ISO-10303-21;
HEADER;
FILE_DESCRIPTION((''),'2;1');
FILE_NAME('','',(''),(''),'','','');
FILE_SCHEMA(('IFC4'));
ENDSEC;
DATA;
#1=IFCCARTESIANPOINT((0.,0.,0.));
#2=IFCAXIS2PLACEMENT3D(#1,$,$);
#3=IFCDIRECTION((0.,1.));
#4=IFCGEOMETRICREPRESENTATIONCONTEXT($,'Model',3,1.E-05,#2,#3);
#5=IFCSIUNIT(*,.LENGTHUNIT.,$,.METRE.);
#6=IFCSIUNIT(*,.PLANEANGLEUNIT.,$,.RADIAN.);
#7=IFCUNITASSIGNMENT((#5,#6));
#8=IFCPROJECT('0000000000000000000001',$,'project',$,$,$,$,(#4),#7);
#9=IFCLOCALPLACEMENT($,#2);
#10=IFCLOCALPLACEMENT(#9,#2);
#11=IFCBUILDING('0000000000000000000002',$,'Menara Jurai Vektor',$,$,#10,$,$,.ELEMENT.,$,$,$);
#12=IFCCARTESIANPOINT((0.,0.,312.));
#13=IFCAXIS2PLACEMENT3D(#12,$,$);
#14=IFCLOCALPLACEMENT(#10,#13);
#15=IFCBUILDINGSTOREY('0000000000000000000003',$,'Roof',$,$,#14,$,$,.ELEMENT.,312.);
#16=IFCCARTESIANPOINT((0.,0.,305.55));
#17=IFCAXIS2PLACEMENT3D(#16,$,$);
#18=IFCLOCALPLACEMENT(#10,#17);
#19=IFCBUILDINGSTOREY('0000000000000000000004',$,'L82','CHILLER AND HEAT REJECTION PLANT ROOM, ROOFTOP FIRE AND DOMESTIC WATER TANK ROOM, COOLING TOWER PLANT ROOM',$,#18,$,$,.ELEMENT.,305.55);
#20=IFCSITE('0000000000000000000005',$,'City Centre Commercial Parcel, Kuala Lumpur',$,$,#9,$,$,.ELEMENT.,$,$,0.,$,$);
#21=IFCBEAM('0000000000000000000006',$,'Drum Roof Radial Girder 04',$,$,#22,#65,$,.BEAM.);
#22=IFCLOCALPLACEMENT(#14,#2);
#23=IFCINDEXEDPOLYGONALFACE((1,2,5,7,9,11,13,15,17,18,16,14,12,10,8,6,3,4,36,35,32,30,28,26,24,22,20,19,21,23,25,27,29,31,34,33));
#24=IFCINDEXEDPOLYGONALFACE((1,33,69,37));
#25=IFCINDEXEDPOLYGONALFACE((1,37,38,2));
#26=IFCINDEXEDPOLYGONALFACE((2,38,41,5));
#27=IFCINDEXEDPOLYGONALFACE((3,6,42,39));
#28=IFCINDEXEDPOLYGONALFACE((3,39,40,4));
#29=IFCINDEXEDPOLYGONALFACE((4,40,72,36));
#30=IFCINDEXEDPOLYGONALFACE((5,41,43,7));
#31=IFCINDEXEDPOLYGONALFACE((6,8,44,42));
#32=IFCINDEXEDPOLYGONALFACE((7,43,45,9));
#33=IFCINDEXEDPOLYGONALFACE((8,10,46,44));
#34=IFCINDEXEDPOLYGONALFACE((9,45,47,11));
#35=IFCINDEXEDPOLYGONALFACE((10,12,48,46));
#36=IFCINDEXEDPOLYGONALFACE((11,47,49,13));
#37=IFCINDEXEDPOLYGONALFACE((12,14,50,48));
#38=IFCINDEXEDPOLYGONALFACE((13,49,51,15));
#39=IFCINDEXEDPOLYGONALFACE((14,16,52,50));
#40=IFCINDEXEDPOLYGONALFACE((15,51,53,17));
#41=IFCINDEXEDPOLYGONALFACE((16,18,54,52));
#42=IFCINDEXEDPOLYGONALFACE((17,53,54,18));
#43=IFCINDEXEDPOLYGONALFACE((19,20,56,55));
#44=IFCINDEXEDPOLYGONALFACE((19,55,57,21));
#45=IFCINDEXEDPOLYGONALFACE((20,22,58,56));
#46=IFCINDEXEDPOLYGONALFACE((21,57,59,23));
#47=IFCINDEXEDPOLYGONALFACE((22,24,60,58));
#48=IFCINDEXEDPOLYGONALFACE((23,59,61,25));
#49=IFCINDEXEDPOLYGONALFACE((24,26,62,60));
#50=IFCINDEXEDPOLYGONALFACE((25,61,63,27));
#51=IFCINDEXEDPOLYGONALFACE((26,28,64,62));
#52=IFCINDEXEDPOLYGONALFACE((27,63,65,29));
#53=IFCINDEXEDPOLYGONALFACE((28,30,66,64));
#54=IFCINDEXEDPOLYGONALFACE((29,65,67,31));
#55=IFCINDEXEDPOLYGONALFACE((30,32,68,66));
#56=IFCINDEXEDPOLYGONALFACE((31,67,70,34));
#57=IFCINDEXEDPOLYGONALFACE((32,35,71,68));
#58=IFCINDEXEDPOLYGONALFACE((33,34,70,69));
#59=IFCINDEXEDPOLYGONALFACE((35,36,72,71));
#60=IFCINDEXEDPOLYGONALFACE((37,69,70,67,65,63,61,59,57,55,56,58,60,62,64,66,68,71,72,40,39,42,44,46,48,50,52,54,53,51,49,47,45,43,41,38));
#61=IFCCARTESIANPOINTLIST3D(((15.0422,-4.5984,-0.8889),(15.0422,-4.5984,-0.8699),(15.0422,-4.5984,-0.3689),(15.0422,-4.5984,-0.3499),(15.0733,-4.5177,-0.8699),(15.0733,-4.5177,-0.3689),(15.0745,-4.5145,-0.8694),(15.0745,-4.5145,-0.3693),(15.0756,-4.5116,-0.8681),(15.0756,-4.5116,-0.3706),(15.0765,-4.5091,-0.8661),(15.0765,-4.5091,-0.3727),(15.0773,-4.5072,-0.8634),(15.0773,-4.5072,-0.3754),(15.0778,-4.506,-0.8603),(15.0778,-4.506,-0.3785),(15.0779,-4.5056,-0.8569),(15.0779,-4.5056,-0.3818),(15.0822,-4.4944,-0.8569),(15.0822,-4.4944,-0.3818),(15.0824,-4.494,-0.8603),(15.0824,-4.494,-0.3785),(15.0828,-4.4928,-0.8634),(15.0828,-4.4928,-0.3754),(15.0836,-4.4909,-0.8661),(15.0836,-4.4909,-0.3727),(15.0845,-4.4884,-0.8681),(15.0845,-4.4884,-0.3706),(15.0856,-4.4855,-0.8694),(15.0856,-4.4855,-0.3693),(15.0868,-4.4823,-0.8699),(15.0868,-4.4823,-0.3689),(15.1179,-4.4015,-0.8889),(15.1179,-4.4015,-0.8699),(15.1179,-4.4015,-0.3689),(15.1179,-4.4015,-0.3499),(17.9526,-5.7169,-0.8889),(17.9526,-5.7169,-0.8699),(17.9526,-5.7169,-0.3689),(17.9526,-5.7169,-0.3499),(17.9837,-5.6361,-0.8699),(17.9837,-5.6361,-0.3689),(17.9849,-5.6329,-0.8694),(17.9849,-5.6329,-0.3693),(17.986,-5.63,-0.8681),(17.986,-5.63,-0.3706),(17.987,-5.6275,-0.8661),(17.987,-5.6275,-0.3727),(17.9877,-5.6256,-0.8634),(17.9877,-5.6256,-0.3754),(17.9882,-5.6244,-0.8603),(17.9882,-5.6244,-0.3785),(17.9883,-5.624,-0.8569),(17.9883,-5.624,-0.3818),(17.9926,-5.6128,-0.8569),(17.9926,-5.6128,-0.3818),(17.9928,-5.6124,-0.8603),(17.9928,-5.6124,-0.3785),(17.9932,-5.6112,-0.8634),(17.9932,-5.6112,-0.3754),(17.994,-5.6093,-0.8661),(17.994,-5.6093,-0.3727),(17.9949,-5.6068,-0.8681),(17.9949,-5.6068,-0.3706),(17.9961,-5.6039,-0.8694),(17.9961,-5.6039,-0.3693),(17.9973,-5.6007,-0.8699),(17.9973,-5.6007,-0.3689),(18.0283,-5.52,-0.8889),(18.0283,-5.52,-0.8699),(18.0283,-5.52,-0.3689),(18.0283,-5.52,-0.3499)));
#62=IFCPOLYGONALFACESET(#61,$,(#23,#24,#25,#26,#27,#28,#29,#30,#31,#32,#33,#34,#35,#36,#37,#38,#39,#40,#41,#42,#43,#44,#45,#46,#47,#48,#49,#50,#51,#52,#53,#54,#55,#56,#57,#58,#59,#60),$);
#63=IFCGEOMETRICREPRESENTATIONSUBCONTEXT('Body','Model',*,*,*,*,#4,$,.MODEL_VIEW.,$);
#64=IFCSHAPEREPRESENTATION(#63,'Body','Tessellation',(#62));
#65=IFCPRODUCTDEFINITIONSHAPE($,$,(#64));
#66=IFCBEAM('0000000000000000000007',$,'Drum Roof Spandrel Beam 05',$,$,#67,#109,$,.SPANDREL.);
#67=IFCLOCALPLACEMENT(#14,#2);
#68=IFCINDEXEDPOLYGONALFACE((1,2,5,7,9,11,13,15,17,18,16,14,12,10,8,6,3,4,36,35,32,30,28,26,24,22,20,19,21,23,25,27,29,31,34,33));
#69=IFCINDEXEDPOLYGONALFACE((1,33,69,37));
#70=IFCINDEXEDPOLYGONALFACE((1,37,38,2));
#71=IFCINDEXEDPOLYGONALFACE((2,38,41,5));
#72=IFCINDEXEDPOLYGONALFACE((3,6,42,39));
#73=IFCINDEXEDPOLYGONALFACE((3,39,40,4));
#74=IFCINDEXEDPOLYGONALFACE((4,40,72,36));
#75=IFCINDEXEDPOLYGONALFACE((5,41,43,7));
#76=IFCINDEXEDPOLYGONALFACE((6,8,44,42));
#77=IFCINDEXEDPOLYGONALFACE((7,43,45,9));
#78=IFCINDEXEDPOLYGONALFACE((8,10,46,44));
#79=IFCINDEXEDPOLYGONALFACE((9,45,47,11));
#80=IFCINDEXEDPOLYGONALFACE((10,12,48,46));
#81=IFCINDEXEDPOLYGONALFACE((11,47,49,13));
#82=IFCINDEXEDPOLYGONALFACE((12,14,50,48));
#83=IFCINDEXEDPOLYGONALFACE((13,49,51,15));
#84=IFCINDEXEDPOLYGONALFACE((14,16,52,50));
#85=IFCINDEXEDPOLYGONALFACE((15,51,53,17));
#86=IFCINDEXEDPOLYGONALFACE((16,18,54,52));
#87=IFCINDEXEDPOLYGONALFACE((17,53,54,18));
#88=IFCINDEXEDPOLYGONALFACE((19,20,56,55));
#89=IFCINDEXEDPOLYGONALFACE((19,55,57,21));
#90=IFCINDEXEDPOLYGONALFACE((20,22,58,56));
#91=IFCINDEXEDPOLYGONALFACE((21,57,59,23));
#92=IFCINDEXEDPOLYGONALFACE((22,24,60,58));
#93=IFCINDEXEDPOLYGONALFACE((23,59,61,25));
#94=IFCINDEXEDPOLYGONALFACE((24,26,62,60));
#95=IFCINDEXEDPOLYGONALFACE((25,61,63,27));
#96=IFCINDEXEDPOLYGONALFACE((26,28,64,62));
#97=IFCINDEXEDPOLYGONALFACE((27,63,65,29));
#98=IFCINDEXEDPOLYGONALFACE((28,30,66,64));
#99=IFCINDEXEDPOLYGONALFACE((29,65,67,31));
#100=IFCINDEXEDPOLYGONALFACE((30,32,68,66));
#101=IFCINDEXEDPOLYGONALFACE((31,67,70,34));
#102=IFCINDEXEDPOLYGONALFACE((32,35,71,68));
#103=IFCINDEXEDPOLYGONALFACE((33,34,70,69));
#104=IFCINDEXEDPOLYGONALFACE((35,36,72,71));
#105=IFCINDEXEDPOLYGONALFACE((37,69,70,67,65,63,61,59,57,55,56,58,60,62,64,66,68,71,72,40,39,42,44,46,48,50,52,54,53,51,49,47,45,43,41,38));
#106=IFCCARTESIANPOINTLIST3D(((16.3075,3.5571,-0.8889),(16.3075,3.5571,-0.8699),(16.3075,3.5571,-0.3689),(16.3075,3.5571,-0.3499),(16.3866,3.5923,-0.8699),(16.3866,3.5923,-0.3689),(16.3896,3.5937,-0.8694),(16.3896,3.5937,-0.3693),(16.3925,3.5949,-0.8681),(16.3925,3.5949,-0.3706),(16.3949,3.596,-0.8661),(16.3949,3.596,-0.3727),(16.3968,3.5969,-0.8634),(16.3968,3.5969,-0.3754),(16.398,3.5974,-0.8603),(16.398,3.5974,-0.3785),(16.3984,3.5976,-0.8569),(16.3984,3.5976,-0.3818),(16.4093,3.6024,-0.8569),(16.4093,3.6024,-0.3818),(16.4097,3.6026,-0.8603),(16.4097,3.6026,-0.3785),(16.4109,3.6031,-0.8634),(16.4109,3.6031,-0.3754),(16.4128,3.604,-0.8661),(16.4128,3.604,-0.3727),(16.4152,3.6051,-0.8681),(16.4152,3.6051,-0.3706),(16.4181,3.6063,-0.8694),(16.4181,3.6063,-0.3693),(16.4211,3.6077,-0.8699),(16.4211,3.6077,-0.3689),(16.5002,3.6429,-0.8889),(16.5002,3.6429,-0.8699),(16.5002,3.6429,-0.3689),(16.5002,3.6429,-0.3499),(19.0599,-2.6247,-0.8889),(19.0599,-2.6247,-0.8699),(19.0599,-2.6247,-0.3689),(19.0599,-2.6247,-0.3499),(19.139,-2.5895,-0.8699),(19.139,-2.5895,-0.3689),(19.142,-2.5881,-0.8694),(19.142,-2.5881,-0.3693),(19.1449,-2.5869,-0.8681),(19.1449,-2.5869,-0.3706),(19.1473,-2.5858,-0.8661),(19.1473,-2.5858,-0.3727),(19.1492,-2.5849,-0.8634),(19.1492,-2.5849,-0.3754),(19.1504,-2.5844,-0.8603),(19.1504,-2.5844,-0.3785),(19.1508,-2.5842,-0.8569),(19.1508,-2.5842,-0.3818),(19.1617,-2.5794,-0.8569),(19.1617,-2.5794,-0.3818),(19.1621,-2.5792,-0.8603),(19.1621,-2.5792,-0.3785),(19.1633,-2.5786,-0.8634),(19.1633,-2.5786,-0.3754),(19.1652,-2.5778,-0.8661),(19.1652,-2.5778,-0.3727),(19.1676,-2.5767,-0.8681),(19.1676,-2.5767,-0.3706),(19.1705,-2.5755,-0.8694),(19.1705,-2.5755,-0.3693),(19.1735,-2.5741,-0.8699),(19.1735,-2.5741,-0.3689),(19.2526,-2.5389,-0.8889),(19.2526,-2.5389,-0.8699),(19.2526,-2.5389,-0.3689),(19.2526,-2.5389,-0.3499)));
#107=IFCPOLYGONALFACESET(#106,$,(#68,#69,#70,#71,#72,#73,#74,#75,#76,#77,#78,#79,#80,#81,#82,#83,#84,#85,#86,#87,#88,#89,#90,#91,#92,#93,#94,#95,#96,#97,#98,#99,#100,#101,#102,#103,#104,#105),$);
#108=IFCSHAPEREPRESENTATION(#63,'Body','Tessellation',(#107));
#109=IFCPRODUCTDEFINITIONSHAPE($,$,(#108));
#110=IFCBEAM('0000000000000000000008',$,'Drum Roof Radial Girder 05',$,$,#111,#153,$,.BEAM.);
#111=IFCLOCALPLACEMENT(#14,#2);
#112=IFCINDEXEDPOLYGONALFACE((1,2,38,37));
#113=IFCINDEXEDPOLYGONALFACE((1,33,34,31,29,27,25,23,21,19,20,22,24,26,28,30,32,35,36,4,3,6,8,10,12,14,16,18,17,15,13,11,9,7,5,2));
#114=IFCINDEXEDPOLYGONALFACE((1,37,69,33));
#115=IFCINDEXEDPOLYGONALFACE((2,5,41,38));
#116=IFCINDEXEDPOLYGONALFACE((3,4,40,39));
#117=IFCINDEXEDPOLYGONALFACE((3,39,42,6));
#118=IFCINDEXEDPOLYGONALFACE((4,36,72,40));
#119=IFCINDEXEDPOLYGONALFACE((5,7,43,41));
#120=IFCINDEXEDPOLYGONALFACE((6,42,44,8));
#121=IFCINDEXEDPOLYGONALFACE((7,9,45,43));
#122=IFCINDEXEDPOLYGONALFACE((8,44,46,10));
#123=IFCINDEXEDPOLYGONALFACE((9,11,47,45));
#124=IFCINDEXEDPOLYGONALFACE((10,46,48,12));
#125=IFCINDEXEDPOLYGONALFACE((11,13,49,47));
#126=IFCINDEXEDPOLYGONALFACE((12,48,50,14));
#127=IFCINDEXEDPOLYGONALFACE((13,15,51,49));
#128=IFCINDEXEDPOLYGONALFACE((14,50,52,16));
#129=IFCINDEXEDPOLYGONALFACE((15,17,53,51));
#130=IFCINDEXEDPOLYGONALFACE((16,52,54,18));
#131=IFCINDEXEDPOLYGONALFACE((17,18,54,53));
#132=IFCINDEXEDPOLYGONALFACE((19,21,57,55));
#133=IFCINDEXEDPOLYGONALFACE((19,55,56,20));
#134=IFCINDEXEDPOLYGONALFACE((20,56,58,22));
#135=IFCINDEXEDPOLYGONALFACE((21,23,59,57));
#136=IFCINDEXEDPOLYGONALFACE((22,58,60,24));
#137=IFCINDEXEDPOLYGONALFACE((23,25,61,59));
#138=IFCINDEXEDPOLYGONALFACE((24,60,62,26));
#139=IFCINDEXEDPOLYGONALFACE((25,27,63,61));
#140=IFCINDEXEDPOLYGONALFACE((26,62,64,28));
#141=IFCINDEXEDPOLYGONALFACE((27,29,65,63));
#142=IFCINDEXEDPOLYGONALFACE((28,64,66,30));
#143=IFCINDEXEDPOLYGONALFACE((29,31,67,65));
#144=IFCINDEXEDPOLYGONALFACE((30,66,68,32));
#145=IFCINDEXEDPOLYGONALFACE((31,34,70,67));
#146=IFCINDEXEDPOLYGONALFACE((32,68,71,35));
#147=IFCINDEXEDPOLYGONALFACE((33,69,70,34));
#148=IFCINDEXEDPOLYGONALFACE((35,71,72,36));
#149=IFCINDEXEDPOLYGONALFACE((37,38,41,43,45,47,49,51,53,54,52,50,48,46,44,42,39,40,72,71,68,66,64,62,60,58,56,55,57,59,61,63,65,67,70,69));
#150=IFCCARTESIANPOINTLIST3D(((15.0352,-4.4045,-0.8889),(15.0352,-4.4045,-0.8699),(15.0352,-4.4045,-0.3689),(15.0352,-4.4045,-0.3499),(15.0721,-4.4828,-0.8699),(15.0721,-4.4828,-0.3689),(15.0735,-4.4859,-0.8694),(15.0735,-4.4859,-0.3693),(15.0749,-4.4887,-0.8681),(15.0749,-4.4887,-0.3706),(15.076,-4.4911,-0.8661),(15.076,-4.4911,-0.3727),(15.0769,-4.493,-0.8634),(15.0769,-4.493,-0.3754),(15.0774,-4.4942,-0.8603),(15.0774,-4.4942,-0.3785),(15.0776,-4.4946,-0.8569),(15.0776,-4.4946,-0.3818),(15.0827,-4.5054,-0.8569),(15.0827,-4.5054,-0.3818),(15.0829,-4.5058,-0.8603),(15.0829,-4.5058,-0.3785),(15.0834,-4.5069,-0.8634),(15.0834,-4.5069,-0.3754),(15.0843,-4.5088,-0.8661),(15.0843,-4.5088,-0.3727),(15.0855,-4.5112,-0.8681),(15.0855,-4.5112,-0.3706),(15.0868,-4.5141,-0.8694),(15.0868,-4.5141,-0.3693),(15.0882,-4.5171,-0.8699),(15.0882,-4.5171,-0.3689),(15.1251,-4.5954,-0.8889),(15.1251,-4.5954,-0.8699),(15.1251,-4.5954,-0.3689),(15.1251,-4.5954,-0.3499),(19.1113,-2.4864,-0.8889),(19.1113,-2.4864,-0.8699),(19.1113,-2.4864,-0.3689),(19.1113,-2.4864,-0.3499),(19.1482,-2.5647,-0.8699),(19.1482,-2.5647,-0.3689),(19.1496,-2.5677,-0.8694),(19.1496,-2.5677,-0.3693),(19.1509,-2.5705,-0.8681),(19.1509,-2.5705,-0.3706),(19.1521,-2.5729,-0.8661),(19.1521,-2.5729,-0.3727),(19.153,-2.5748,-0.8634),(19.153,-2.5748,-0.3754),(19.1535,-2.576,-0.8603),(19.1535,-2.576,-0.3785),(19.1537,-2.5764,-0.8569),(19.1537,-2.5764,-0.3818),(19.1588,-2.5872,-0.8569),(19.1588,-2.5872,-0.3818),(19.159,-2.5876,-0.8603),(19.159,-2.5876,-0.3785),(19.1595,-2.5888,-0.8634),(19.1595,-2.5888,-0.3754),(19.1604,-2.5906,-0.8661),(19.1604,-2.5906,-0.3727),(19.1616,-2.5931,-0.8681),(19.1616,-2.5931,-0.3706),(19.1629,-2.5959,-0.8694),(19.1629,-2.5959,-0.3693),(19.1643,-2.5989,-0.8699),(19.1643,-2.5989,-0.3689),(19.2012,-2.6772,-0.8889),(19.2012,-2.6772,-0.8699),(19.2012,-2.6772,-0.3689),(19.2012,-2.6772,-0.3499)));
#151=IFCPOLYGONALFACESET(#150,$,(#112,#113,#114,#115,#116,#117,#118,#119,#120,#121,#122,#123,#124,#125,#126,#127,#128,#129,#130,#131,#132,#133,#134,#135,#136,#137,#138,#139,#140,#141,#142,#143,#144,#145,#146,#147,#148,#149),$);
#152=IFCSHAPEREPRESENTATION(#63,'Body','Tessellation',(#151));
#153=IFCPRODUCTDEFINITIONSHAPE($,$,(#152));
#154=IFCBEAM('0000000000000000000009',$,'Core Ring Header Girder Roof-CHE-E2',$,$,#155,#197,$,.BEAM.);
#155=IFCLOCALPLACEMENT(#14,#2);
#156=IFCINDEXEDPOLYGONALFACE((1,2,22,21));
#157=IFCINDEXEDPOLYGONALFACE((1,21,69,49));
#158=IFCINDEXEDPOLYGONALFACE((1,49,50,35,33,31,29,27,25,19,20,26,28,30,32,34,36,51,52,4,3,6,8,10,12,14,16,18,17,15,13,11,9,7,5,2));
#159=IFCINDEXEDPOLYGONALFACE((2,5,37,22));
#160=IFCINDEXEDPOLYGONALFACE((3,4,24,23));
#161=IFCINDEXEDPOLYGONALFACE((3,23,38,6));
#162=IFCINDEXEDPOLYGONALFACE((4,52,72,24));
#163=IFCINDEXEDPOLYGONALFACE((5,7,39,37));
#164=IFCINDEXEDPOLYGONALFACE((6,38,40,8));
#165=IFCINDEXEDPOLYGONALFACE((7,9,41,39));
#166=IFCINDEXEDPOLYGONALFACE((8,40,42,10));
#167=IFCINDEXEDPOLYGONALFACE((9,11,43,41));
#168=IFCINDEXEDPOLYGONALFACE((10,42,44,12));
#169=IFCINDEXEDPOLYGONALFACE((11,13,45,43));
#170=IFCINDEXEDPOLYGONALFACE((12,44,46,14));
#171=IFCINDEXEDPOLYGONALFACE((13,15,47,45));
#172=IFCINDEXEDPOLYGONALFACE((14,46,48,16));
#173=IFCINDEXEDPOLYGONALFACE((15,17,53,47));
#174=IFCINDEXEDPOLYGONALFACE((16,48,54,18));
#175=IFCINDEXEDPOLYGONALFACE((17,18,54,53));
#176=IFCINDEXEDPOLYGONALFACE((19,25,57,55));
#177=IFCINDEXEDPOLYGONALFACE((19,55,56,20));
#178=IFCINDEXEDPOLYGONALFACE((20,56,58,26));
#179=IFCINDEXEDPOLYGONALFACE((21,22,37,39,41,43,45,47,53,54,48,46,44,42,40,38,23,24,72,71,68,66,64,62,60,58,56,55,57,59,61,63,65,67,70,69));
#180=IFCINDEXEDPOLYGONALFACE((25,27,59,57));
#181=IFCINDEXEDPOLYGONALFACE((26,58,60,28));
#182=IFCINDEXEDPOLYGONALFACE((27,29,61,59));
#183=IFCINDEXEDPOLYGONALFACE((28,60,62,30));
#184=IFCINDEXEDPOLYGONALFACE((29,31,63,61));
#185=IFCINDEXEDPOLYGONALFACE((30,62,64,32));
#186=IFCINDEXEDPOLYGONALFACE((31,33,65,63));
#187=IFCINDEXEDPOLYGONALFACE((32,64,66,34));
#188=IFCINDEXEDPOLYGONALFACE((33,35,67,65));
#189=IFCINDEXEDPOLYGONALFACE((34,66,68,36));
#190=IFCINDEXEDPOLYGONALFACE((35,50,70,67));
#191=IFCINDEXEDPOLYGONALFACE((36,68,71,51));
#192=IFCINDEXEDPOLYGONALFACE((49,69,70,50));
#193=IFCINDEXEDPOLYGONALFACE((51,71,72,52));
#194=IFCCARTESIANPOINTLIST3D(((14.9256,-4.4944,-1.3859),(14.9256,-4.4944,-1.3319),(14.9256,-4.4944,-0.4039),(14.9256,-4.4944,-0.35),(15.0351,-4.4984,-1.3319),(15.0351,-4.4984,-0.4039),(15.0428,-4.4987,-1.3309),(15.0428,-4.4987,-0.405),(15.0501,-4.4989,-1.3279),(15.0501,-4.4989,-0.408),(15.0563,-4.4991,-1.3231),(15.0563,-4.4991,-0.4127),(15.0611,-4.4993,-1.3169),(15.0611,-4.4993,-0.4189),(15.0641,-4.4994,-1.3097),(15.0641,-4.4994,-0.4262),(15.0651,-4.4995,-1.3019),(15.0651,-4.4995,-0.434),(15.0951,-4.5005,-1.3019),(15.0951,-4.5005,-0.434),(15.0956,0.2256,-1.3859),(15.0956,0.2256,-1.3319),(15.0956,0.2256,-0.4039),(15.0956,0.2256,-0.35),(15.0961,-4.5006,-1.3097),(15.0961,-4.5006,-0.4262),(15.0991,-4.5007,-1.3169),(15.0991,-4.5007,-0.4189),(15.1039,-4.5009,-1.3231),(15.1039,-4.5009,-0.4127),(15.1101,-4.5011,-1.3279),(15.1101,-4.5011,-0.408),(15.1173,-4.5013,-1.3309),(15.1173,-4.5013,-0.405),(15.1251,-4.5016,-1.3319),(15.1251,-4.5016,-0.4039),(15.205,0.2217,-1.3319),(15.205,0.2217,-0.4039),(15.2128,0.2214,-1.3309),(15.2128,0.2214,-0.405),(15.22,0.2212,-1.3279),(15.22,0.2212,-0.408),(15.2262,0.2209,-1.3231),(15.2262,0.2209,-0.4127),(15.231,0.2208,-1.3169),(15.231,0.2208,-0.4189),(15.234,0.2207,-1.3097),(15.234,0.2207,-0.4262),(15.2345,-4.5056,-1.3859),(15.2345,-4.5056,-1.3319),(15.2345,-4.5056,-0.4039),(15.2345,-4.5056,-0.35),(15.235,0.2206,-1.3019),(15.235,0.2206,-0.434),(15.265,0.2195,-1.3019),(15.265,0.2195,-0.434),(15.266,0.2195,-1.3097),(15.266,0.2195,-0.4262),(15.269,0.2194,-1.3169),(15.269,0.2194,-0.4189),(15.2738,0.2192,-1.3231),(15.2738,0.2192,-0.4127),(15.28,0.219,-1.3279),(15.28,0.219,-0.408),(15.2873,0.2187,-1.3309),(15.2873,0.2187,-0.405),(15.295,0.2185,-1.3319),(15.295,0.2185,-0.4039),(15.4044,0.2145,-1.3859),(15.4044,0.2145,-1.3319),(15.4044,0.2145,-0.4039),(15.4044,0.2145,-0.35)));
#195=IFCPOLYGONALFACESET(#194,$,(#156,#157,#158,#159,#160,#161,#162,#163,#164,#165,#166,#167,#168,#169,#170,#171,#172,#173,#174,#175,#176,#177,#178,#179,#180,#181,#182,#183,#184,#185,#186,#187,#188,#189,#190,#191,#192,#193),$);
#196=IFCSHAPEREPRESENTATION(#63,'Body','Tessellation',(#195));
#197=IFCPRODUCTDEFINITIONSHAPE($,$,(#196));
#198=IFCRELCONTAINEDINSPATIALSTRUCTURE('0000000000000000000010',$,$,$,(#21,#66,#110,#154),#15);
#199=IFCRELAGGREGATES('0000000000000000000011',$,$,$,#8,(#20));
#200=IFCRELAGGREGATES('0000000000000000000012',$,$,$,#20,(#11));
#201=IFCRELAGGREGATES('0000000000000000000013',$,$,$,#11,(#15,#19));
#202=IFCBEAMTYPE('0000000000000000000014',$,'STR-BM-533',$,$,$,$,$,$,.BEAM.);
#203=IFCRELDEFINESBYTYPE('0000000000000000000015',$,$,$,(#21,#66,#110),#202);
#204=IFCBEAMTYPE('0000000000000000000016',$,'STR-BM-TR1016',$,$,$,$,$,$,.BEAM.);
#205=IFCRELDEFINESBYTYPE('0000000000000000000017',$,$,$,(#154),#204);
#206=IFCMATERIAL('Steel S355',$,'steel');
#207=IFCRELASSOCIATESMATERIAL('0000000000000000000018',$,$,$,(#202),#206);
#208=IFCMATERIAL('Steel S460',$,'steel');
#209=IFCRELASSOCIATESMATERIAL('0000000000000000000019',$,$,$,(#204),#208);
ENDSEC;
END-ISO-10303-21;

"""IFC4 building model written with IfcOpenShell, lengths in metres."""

from ifc_helpers import new_model, si_unit, direction, frame, origin, origin_2d, place, context, subcontext, project, spatial, i_section, extrude, material, material_profile, profile_set, type_object, element, save


model = new_model("IFC4")

# Units and contexts
model_context = context("Model", 3, precision=1e-05, world=origin(), true_north=direction((0.0, 1.0)))
body_context = subcontext(model_context, "Body", "Model", "MODEL_VIEW")
ifc_project = project(units=[si_unit("LENGTHUNIT", "METRE"), si_unit("PLANEANGLEUNIT", "RADIAN")], contexts=[model_context])

# Site, building, storey
site_placement = place(None, origin())
site = spatial("IfcSite", under=ifc_project, at=site_placement, Name="City Centre Commercial Parcel, Kuala Lumpur", CompositionType="ELEMENT", RefElevation=0.0)
building_placement = place(site_placement, origin())
building = spatial("IfcBuilding", under=site, at=building_placement, Name="Menara Jurai Vektor", CompositionType="ELEMENT")
storey_1_placement = place(building_placement, frame((0.0, 0.0, 312.0)))
storey_1 = spatial("IfcBuildingStorey", under=building, at=storey_1_placement, Name="Roof", CompositionType="ELEMENT", Elevation=312.0)

# Shared definitions
ifc_material_1 = material(Name="Steel S460", Category="steel")

# Beams
ifc_material_2 = material(Name="Steel S355", Category="steel")
ifc_material_profile_1 = material_profile(ifc_material_2, i_section(OverallWidth=0.2109, OverallDepth=0.5391, WebThickness=0.012, FlangeThickness=0.019, FilletRadius=0.0129, at=origin_2d()), Name="UKB 533x210x109")
ifc_profile_set_1 = profile_set([ifc_material_profile_1], Name="Steel S355")
beam_type_1 = type_object("IfcBeamType", Name="STR-BM-533", PredefinedType="BEAM", material=ifc_profile_set_1)
beam_1_placement = place(storey_1_placement, frame((17.9905, -5.6184, -0.6194), z_axis=(-0.933451, 0.358706, 0.0), x_axis=(-0.358706, -0.933451, 0.0)))
element("IfcBeam", 1, at=beam_1_placement, inside=storey_1, type_object=beam_type_1, Name="Drum Roof Radial Girder 04", PredefinedType="BEAM", context=body_context, shape_type="SweptSolid", body=[
    extrude(i_section(OverallWidth=0.2109, OverallDepth=0.5391, WebThickness=0.012, FlangeThickness=0.019, FilletRadius=0.0129, at=origin_2d()), origin(), (0.0, 0.0, 1.0), 3.1179),
])
beam_2_placement = place(storey_1_placement, frame((19.1562, -2.5818, -0.6194), z_axis=(-0.406748, 0.913541, 0.0), x_axis=(-0.913541, -0.406748, 0.0)))
element("IfcBeam", 2, at=beam_2_placement, inside=storey_1, type_object=beam_type_1, Name="Drum Roof Spandrel Beam 05", PredefinedType="SPANDREL", context=body_context, shape_type="SweptSolid", body=[
    extrude(i_section(OverallWidth=0.2109, OverallDepth=0.5391, WebThickness=0.012, FlangeThickness=0.019, FilletRadius=0.0129, at=origin_2d()), origin(), (0.0, 0.0, 1.0), 6.7668),
])
beam_3_placement = place(storey_1_placement, frame((19.1562, -2.5818, -0.6194), z_axis=(-0.904817, -0.4258, 0.0), x_axis=(0.4258, -0.904817, 0.0)))
element("IfcBeam", 3, at=beam_3_placement, inside=storey_1, type_object=beam_type_1, Name="Drum Roof Radial Girder 05", PredefinedType="BEAM", context=body_context, shape_type="SweptSolid", body=[
    extrude(i_section(OverallWidth=0.2109, OverallDepth=0.5391, WebThickness=0.012, FlangeThickness=0.019, FilletRadius=0.0129, at=origin_2d()), origin(), (0.0, 0.0, 1.0), 4.5049),
])
ifc_material_profile_2 = material_profile(ifc_material_1, i_section(OverallWidth=0.3091, OverallDepth=1.0359, WebThickness=0.03, FlangeThickness=0.054, FilletRadius=0.03, at=origin_2d()), Name="UKB 1016x305x487")
ifc_profile_set_2 = profile_set([ifc_material_profile_2], Name="Steel S460")
beam_type_2 = type_object("IfcBeamType", Name="STR-BM-TR1016", PredefinedType="BEAM", material=ifc_profile_set_2)
beam_4_placement = place(storey_1_placement, frame((15.0801, -4.5, -0.8679), z_axis=(0.035977, 0.999353, 0.0), x_axis=(-0.999353, 0.035977, 0.0)))
element("IfcBeam", 4, at=beam_4_placement, inside=storey_1, type_object=beam_type_2, Name="Core Ring Header Girder Roof-CHE-E2", PredefinedType="BEAM", context=body_context, shape_type="SweptSolid", body=[
    extrude(i_section(OverallWidth=0.3091, OverallDepth=1.0359, WebThickness=0.03, FlangeThickness=0.054, FilletRadius=0.03, at=origin_2d()), origin(), (0.0, 0.0, 1.0), 4.7231),
])

# Shared definitions
storey_2_placement = place(building_placement, frame((0.0, 0.0, 305.55)))
storey_2 = spatial("IfcBuildingStorey", under=building, at=storey_2_placement, Name="L82", Description="CHILLER AND HEAT REJECTION PLANT ROOM, ROOFTOP FIRE AND DOMESTIC WATER TANK ROOM, COOLING TOWER PLANT ROOM", CompositionType="ELEMENT", Elevation=305.55)

save(model, "model.ifc")
